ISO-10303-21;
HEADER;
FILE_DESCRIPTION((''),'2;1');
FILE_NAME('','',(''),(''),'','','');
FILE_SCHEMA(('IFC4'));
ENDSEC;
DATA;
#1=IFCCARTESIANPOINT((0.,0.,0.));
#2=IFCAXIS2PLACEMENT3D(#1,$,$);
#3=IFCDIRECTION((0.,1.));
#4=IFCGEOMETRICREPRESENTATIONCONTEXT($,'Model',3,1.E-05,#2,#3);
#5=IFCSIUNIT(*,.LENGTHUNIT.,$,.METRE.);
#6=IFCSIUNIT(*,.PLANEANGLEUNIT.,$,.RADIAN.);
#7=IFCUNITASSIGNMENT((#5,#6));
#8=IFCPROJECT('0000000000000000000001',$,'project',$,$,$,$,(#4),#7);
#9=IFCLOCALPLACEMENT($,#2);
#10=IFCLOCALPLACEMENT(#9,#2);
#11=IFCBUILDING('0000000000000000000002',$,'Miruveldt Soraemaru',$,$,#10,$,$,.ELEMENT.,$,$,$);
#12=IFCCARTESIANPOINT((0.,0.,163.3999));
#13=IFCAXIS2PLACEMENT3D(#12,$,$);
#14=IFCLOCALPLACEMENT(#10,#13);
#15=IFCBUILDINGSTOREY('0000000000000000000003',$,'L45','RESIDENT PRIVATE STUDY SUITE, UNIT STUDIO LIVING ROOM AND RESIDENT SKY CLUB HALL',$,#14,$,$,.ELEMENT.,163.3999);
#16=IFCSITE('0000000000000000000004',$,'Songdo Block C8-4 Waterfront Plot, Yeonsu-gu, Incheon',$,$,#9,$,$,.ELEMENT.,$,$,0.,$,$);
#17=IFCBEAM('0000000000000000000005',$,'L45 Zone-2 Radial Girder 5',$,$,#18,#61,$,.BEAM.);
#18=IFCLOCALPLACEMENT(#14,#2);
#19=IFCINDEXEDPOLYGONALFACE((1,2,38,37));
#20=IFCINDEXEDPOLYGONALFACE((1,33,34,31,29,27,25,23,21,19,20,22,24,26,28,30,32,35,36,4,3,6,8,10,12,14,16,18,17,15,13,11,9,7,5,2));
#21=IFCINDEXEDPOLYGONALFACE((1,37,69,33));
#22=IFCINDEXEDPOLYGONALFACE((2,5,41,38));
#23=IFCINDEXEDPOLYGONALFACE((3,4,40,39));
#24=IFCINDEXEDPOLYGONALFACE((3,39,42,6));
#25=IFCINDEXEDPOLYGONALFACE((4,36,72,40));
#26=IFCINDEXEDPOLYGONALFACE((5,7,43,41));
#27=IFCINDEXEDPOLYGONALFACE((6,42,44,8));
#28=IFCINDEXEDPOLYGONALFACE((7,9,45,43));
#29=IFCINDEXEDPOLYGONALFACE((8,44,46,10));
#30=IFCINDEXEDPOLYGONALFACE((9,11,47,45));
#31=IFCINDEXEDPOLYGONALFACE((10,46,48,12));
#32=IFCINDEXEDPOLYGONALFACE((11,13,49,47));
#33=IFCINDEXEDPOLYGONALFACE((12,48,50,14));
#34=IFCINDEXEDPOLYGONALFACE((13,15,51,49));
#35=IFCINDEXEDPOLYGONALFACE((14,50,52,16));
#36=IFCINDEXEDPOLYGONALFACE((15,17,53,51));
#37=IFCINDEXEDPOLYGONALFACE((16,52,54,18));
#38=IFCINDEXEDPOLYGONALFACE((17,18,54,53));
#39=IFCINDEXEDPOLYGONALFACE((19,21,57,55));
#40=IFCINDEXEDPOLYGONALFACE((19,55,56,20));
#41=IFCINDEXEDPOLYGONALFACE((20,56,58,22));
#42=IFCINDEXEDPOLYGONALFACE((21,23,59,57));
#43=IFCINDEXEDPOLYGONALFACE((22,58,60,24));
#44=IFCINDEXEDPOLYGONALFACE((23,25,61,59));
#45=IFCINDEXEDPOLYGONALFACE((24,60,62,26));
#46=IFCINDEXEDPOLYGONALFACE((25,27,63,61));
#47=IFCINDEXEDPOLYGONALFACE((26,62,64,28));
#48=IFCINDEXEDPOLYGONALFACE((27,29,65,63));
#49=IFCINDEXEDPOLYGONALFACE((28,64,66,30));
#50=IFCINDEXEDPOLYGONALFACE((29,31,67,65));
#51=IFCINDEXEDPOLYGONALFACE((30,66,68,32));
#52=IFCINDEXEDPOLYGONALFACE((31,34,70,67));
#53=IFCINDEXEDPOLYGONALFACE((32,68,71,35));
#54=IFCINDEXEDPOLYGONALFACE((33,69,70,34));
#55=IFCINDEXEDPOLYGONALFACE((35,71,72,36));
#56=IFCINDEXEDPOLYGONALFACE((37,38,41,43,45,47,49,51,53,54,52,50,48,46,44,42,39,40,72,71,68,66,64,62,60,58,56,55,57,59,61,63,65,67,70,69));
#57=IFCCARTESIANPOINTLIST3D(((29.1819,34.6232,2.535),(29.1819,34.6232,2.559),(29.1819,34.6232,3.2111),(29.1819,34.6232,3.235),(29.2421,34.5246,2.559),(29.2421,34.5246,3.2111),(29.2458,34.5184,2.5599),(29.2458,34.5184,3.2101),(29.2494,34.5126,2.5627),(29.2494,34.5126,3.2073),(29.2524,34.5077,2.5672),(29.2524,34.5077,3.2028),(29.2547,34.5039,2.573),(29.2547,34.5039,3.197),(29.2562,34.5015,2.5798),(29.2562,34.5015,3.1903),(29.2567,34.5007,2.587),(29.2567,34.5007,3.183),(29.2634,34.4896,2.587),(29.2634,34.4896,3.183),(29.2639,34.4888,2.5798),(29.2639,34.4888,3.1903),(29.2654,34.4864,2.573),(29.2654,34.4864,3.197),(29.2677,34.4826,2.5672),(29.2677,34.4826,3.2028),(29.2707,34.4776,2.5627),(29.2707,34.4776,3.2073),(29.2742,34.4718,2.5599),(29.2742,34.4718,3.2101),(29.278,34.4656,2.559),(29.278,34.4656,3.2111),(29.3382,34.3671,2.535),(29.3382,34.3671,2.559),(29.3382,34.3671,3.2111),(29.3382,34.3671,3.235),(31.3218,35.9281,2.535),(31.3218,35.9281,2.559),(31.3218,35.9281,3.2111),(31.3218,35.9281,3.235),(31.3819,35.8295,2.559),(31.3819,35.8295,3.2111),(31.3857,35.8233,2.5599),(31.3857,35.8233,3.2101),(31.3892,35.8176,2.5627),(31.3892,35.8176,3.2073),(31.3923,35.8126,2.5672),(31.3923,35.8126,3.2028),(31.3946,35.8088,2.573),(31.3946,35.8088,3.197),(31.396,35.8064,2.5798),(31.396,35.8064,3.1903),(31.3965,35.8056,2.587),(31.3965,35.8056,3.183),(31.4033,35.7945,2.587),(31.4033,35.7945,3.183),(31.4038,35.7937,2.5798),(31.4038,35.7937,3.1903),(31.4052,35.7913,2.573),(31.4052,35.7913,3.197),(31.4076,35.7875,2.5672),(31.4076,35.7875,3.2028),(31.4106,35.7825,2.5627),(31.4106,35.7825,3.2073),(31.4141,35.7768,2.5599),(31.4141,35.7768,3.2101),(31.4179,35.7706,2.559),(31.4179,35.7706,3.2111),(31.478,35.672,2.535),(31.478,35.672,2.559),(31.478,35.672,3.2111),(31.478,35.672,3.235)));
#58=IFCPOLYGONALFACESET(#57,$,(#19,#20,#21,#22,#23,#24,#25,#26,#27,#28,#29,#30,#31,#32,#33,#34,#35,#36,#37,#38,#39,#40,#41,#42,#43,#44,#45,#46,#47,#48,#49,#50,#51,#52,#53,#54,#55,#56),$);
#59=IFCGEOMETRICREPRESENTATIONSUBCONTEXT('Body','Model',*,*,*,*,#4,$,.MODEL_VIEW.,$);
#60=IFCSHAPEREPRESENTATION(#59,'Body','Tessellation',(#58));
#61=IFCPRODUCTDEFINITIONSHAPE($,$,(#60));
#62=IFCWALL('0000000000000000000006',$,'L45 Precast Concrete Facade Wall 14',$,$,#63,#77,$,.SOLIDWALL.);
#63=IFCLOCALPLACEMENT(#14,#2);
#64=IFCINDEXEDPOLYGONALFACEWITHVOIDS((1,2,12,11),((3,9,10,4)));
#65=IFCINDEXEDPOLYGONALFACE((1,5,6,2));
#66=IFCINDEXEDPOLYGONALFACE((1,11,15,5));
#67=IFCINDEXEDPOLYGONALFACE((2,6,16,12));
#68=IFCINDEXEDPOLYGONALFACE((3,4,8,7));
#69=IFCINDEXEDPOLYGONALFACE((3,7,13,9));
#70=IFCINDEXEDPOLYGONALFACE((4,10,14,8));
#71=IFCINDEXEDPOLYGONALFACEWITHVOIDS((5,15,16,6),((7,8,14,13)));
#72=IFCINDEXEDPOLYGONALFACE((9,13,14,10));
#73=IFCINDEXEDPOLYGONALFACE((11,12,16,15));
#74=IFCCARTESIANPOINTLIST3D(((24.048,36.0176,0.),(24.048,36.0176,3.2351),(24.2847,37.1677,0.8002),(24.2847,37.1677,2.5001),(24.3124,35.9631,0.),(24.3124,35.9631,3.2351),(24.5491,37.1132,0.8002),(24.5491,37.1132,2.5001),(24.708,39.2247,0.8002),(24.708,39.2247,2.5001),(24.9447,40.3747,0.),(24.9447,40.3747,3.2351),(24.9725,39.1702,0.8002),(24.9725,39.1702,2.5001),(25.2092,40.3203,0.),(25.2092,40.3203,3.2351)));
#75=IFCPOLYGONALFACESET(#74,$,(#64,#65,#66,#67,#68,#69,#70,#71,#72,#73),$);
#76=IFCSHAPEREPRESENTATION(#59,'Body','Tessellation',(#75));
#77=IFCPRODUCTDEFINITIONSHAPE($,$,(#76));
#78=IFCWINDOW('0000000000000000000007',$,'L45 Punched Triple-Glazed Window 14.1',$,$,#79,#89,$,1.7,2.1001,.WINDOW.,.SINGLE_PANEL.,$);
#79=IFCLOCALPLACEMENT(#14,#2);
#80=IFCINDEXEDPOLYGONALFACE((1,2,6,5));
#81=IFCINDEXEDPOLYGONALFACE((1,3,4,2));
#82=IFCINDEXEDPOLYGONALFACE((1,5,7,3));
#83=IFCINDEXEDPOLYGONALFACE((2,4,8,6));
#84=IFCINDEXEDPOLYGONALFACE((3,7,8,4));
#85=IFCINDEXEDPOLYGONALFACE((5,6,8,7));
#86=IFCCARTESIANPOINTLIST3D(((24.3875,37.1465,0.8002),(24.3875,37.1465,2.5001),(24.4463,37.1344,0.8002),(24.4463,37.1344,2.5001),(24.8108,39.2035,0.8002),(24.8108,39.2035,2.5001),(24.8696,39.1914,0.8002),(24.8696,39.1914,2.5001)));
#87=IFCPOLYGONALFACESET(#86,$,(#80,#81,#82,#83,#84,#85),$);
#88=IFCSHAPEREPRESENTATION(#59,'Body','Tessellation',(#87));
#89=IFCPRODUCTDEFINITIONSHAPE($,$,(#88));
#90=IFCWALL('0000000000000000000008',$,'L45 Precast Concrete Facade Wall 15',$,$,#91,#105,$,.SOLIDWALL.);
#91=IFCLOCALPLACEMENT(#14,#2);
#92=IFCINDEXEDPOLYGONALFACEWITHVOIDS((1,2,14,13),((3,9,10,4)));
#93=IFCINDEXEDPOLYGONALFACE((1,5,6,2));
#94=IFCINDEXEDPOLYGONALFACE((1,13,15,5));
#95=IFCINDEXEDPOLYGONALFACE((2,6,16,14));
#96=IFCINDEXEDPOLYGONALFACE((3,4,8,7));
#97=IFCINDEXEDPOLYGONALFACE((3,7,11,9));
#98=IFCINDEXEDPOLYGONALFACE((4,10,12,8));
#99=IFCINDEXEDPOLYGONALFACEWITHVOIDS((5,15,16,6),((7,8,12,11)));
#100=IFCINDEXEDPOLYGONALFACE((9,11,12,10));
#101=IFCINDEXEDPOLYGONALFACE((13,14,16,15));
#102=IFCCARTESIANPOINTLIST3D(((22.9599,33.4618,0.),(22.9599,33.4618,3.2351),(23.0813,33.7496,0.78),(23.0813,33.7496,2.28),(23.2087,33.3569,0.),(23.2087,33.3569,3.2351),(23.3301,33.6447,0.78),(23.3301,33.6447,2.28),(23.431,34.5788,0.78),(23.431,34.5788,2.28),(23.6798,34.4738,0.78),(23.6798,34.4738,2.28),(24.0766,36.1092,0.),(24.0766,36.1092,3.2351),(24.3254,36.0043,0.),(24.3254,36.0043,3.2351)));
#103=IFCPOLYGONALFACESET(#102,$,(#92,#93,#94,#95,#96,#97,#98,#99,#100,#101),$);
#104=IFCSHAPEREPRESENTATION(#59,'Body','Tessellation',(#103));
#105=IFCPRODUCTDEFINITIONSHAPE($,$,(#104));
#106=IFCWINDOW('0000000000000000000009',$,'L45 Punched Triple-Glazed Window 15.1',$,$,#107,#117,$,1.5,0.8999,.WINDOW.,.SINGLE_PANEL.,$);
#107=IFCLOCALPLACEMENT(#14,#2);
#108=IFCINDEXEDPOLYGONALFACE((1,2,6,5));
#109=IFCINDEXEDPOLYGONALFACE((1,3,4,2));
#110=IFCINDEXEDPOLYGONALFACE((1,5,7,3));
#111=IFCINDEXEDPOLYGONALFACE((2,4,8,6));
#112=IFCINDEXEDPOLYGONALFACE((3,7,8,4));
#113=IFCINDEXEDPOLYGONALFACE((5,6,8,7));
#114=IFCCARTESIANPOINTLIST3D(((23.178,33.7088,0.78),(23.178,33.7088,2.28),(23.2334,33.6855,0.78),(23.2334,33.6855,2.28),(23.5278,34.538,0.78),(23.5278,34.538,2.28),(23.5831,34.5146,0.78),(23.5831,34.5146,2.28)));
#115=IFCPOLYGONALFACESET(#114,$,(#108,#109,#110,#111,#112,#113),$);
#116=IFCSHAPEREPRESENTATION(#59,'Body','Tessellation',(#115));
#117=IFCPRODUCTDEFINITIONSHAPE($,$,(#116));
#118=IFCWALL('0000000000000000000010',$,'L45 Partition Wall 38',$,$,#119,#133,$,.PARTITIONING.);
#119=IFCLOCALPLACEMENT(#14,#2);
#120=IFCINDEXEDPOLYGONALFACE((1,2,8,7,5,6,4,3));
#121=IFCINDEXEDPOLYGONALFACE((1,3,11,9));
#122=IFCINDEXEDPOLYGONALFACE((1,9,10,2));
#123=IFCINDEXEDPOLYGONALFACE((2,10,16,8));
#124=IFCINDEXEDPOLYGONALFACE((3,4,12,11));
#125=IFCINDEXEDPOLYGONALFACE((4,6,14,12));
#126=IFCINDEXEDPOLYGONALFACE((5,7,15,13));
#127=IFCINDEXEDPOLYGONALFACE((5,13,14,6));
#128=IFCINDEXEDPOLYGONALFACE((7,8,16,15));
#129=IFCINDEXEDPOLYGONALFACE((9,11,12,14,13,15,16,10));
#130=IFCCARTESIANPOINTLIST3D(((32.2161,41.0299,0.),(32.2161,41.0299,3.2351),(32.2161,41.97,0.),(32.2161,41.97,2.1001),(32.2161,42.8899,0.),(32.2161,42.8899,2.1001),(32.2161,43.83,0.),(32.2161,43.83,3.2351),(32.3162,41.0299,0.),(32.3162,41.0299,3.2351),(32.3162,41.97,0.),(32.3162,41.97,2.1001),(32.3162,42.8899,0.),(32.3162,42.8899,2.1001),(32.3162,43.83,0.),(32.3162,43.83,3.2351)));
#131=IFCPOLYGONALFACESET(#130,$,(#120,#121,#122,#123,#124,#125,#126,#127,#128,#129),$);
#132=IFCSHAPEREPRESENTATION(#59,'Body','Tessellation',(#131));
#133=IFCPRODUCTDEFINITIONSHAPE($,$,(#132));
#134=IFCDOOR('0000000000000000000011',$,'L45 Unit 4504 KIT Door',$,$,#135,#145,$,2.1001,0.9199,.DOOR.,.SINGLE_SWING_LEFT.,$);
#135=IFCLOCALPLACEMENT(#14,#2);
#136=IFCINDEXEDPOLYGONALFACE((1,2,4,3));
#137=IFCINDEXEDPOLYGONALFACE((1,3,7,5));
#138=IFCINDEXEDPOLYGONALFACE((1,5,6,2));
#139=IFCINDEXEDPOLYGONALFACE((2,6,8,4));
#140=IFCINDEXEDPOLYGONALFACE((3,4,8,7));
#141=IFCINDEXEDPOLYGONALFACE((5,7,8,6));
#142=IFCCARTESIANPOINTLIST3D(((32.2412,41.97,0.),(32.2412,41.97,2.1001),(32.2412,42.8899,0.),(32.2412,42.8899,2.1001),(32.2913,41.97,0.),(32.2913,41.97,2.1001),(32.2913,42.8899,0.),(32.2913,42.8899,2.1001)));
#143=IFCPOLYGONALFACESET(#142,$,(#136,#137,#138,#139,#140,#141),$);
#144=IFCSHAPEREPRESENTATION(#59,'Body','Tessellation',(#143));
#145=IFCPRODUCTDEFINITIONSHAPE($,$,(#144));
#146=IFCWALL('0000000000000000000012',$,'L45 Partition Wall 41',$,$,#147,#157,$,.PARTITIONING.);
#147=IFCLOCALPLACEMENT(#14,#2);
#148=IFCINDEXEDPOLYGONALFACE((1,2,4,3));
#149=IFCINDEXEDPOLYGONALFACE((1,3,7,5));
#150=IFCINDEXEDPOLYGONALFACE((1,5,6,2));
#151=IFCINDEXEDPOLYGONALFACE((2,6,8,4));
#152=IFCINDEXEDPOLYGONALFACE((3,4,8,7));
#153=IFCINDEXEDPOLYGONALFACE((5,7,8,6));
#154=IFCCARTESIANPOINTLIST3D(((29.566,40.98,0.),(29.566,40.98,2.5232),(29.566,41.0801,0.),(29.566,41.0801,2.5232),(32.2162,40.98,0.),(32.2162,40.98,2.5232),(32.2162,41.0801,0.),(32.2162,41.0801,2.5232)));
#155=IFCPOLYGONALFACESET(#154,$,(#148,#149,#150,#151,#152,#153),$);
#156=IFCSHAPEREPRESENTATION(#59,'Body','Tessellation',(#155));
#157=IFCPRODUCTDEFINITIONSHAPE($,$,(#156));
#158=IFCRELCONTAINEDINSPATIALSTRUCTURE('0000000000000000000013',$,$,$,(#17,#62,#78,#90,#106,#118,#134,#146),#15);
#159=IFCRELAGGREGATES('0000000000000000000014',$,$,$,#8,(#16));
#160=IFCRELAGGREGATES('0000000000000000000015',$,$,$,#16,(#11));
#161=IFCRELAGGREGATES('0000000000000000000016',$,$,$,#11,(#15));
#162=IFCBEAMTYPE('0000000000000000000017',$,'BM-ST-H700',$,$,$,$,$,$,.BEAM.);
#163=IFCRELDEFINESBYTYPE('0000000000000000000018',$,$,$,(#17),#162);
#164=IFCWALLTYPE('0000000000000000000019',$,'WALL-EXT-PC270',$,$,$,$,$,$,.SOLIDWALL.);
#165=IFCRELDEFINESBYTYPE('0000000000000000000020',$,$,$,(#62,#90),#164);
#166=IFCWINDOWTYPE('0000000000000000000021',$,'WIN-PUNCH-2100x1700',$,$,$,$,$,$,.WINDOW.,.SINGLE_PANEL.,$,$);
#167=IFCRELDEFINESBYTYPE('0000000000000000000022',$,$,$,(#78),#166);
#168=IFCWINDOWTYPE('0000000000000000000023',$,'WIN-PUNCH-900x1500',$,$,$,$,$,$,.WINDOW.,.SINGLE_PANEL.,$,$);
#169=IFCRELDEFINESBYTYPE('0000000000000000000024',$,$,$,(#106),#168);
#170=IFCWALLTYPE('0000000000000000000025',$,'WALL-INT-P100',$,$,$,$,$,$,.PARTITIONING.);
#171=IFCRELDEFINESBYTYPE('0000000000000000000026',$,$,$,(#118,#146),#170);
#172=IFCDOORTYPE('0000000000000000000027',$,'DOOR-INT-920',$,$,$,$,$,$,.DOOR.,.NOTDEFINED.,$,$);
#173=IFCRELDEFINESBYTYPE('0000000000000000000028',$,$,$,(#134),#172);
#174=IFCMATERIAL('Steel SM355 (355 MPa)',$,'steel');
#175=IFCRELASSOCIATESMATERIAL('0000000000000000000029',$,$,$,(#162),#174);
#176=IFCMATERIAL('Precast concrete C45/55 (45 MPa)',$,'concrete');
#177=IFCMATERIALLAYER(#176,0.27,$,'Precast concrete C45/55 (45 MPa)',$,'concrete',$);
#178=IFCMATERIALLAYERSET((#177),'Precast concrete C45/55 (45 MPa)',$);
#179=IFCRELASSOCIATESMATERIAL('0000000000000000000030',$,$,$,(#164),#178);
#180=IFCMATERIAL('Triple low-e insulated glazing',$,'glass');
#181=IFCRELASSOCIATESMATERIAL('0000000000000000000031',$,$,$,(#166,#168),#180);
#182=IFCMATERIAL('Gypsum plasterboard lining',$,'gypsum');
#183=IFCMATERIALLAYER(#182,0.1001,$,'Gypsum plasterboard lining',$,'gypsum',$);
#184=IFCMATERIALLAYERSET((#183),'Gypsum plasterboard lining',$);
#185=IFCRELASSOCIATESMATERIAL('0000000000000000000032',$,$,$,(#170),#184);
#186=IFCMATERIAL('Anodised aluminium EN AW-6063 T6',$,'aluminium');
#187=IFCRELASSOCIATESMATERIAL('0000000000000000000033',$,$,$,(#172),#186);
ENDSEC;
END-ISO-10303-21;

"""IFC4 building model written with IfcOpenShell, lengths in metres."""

from ifc_helpers import new_model, si_unit, direction, frame, frame_2d, origin, origin_2d, place, context, subcontext, project, spatial, rectangle, i_section, extrude, material, layer, layer_set, material_profile, profile_set, type_object, element, fill, save


model = new_model("IFC4")

# Units and contexts
model_context = context("Model", 3, precision=1e-05, world=origin(), true_north=direction((0.0, 1.0)))
body_context = subcontext(model_context, "Body", "Model", "MODEL_VIEW")
ifc_project = project(units=[si_unit("LENGTHUNIT", "METRE"), si_unit("PLANEANGLEUNIT", "RADIAN")], contexts=[model_context])

# Site, building, storey
site_placement = place(None, origin())
site = spatial("IfcSite", under=ifc_project, at=site_placement, Name="Songdo Block C8-4 Waterfront Plot, Yeonsu-gu, Incheon", CompositionType="ELEMENT", RefElevation=0.0)
building_placement = place(site_placement, origin())
building = spatial("IfcBuilding", under=site, at=building_placement, Name="Miruveldt Soraemaru", CompositionType="ELEMENT")
storey_placement = place(building_placement, frame((0.0, 0.0, 163.3999)))
storey = spatial("IfcBuildingStorey", under=building, at=storey_placement, Name="L45", Description="RESIDENT PRIVATE STUDY SUITE, UNIT STUDIO LIVING ROOM AND RESIDENT SKY CLUB HALL", CompositionType="ELEMENT", Elevation=163.3999)

# Beam
ifc_material_1 = material(Name="Steel SM355 (355 MPa)", Category="steel")
ifc_material_profile_1 = material_profile(ifc_material_1, i_section(OverallWidth=0.3, OverallDepth=0.7, WebThickness=0.0129, FlangeThickness=0.0239, FilletRadius=0.0281, at=origin_2d()), Name="Steel SM355 (355 MPa)", Category="steel")
ifc_profile_set_1 = profile_set([ifc_material_profile_1], Name="Steel SM355 (355 MPa)")
beam_type_1 = type_object("IfcBeamType", Name="BM-ST-H700", PredefinedType="BEAM", material=ifc_profile_set_1)
beam_1_placement = place(storey_placement, frame((31.3999, 35.8, 2.885), z_axis=(-0.853775, -0.520642, 0.0), x_axis=(0.520642, -0.853775, 0.0)))
element("IfcBeam", 1, at=beam_1_placement, inside=storey, type_object=beam_type_1, Name="L45 Zone-2 Radial Girder 5", PredefinedType="BEAM", context=body_context, shape_type="SweptSolid", body=[
    extrude(i_section(OverallWidth=0.3, OverallDepth=0.7, WebThickness=0.0129, FlangeThickness=0.0239, FilletRadius=0.0281, at=origin_2d()), origin(), (0.0, 0.0, 1.0), 2.5063),
])

# Walls, openings, windows
ifc_material_2 = material(Name="Precast concrete C45/55 (45 MPa)", Category="concrete")
ifc_layer_1 = layer(ifc_material_2, 0.27, Name="Precast concrete C45/55 (45 MPa)", Category="concrete")
ifc_layer_set_1 = layer_set([ifc_layer_1], Name="Precast concrete C45/55 (45 MPa)")
wall_type_1 = type_object("IfcWallType", Name="WALL-EXT-PC270", PredefinedType="SOLIDWALL", material=ifc_layer_set_1)
wall_1_placement = place(storey_placement, frame((25.0769, 40.3474, 0.0), z_axis=(0.0, 0.0, 1.0), x_axis=(-0.20158, -0.979472, 0.0)))
wall_1 = element("IfcWall", 2, at=wall_1_placement, inside=storey, type_object=wall_type_1, Name="L45 Precast Concrete Facade Wall 14", PredefinedType="SOLIDWALL", context=body_context, shape_type="SweptSolid", body=[
    extrude(rectangle(XDim=4.4485, YDim=0.27, at=frame_2d((2.2241, 0.0))), origin(), (0.0, 0.0, 1.0), 3.2351),
])
opening_1_placement = place(wall_1_placement, frame((1.1741, 0.0, 0.8)))
opening_1 = element("IfcOpeningElement", 3, at=opening_1_placement, cuts=wall_1, PredefinedType="OPENING", context=body_context, shape_type="SweptSolid", body=[
    extrude(rectangle(XDim=2.1001, YDim=1.7, at=frame_2d((1.05, 0.8501))), frame((0.0, 0.145, 0.0), z_axis=(0.0, -1.0, 0.0), x_axis=(1.0, 0.0, 0.0)), (0.0, 0.0, 1.0), 0.29),
])
ifc_material_3 = material(Name="Triple low-e insulated glazing", Category="glass")
window_type_1 = type_object("IfcWindowType", Name="WIN-PUNCH-2100x1700", PartitioningType="SINGLE_PANEL", PredefinedType="WINDOW", material=ifc_material_3)
window_1_placement = place(opening_1_placement, origin())
window_1 = element("IfcWindow", 4, at=window_1_placement, inside=storey, type_object=window_type_1, Name="L45 Punched Triple-Glazed Window 14.1", OverallHeight=1.7, OverallWidth=2.1001, PartitioningType="SINGLE_PANEL", PredefinedType="WINDOW", context=body_context, shape_type="SweptSolid", body=[
    extrude(rectangle(XDim=2.1001, YDim=1.7, at=frame_2d((1.05, 0.8501))), frame((0.0, 0.03, 0.0), z_axis=(0.0, -1.0, 0.0), x_axis=(1.0, 0.0, 0.0)), (0.0, 0.0, 1.0), 0.0601),
])
fill(opening_1, window_1)
wall_2_placement = place(storey_placement, frame((24.2009, 36.0566, 0.0), z_axis=(0.0, 0.0, 1.0), x_axis=(-0.388642, -0.921389, 0.0)))
wall_2 = element("IfcWall", 5, at=wall_2_placement, inside=storey, type_object=wall_type_1, Name="L45 Precast Concrete Facade Wall 15", PredefinedType="SOLIDWALL", context=body_context, shape_type="SweptSolid", body=[
    extrude(rectangle(XDim=2.8733, YDim=0.27, at=frame_2d((1.4365, 0.0))), origin(), (0.0, 0.0, 1.0), 3.2351),
])
opening_2_placement = place(wall_2_placement, frame((1.6609, 0.0, 0.78)))
opening_2 = element("IfcOpeningElement", 6, at=opening_2_placement, cuts=wall_2, PredefinedType="OPENING", context=body_context, shape_type="SweptSolid", body=[
    extrude(rectangle(XDim=0.8999, YDim=1.5, at=frame_2d((0.45, 0.75))), frame((0.0, 0.145, 0.0), z_axis=(0.0, -1.0, 0.0), x_axis=(1.0, 0.0, 0.0)), (0.0, 0.0, 1.0), 0.29),
])
window_type_2 = type_object("IfcWindowType", Name="WIN-PUNCH-900x1500", PartitioningType="SINGLE_PANEL", PredefinedType="WINDOW", material=ifc_material_3)
window_2_placement = place(opening_2_placement, origin())
window_2 = element("IfcWindow", 7, at=window_2_placement, inside=storey, type_object=window_type_2, Name="L45 Punched Triple-Glazed Window 15.1", OverallHeight=1.5, OverallWidth=0.8999, PartitioningType="SINGLE_PANEL", PredefinedType="WINDOW", context=body_context, shape_type="SweptSolid", body=[
    extrude(rectangle(XDim=0.8999, YDim=1.5, at=frame_2d((0.45, 0.75))), frame((0.0, 0.03, 0.0), z_axis=(0.0, -1.0, 0.0), x_axis=(1.0, 0.0, 0.0)), (0.0, 0.0, 1.0), 0.0601),
])
fill(opening_2, window_2)

# Wall, opening, door
ifc_material_4 = material(Name="Gypsum plasterboard lining", Category="gypsum")
ifc_layer_2 = layer(ifc_material_4, 0.1001, Name="Gypsum plasterboard lining", Category="gypsum")
ifc_layer_set_2 = layer_set([ifc_layer_2], Name="Gypsum plasterboard lining")
wall_type_2 = type_object("IfcWallType", Name="WALL-INT-P100", PredefinedType="PARTITIONING", material=ifc_layer_set_2)
wall_3_placement = place(storey_placement, frame((32.2661, 41.03, 0.0), z_axis=(0.0, 0.0, 1.0), x_axis=(0.0, 1.0, 0.0)))
wall_3 = element("IfcWall", 8, at=wall_3_placement, inside=storey, type_object=wall_type_2, Name="L45 Partition Wall 38", PredefinedType="PARTITIONING", context=body_context, shape_type="SweptSolid", body=[
    extrude(rectangle(XDim=2.8, YDim=0.1001, at=frame_2d((1.3999, 0.0))), origin(), (0.0, 0.0, 1.0), 3.2351),
])
opening_3_placement = place(wall_3_placement, frame((0.9399, 0.0, 0.0)))
opening_3 = element("IfcOpeningElement", 9, at=opening_3_placement, cuts=wall_3, PredefinedType="OPENING", context=body_context, shape_type="SweptSolid", body=[
    extrude(rectangle(XDim=0.9199, YDim=2.1001, at=frame_2d((0.46, 1.05))), frame((0.0, 0.0601, 0.0), z_axis=(0.0, -1.0, 0.0), x_axis=(1.0, 0.0, 0.0)), (0.0, 0.0, 1.0), 0.1201),
])
ifc_material_5 = material(Name="Anodised aluminium EN AW-6063 T6", Category="aluminium")
door_type_1 = type_object("IfcDoorType", Name="DOOR-INT-920", OperationType="NOTDEFINED", PredefinedType="DOOR", material=ifc_material_5)
door_1_placement = place(opening_3_placement, origin())
door_1 = element("IfcDoor", 10, at=door_1_placement, inside=storey, type_object=door_type_1, Name="L45 Unit 4504 KIT Door", OperationType="SINGLE_SWING_LEFT", OverallHeight=2.1001, OverallWidth=0.9199, PredefinedType="DOOR", context=body_context, shape_type="SweptSolid", body=[
    extrude(rectangle(XDim=0.9199, YDim=2.1001, at=frame_2d((0.46, 1.05))), frame((0.0, 0.0249, 0.0), z_axis=(0.0, -1.0, 0.0), x_axis=(1.0, 0.0, 0.0)), (0.0, 0.0, 1.0), 0.05),
])
fill(opening_3, door_1)

# Wall
wall_4_placement = place(storey_placement, frame((29.5659, 41.03, 0.0), z_axis=(0.0, 0.0, 1.0), x_axis=(1.0, 0.0, 0.0)))
element("IfcWall", 11, at=wall_4_placement, inside=storey, type_object=wall_type_2, Name="L45 Partition Wall 41", PredefinedType="PARTITIONING", context=body_context, shape_type="SweptSolid", body=[
    extrude(rectangle(XDim=2.6501, YDim=0.1001, at=frame_2d((1.3252, 0.0))), origin(), (0.0, 0.0, 1.0), 2.5232),
])

save(model, "model.ifc")
